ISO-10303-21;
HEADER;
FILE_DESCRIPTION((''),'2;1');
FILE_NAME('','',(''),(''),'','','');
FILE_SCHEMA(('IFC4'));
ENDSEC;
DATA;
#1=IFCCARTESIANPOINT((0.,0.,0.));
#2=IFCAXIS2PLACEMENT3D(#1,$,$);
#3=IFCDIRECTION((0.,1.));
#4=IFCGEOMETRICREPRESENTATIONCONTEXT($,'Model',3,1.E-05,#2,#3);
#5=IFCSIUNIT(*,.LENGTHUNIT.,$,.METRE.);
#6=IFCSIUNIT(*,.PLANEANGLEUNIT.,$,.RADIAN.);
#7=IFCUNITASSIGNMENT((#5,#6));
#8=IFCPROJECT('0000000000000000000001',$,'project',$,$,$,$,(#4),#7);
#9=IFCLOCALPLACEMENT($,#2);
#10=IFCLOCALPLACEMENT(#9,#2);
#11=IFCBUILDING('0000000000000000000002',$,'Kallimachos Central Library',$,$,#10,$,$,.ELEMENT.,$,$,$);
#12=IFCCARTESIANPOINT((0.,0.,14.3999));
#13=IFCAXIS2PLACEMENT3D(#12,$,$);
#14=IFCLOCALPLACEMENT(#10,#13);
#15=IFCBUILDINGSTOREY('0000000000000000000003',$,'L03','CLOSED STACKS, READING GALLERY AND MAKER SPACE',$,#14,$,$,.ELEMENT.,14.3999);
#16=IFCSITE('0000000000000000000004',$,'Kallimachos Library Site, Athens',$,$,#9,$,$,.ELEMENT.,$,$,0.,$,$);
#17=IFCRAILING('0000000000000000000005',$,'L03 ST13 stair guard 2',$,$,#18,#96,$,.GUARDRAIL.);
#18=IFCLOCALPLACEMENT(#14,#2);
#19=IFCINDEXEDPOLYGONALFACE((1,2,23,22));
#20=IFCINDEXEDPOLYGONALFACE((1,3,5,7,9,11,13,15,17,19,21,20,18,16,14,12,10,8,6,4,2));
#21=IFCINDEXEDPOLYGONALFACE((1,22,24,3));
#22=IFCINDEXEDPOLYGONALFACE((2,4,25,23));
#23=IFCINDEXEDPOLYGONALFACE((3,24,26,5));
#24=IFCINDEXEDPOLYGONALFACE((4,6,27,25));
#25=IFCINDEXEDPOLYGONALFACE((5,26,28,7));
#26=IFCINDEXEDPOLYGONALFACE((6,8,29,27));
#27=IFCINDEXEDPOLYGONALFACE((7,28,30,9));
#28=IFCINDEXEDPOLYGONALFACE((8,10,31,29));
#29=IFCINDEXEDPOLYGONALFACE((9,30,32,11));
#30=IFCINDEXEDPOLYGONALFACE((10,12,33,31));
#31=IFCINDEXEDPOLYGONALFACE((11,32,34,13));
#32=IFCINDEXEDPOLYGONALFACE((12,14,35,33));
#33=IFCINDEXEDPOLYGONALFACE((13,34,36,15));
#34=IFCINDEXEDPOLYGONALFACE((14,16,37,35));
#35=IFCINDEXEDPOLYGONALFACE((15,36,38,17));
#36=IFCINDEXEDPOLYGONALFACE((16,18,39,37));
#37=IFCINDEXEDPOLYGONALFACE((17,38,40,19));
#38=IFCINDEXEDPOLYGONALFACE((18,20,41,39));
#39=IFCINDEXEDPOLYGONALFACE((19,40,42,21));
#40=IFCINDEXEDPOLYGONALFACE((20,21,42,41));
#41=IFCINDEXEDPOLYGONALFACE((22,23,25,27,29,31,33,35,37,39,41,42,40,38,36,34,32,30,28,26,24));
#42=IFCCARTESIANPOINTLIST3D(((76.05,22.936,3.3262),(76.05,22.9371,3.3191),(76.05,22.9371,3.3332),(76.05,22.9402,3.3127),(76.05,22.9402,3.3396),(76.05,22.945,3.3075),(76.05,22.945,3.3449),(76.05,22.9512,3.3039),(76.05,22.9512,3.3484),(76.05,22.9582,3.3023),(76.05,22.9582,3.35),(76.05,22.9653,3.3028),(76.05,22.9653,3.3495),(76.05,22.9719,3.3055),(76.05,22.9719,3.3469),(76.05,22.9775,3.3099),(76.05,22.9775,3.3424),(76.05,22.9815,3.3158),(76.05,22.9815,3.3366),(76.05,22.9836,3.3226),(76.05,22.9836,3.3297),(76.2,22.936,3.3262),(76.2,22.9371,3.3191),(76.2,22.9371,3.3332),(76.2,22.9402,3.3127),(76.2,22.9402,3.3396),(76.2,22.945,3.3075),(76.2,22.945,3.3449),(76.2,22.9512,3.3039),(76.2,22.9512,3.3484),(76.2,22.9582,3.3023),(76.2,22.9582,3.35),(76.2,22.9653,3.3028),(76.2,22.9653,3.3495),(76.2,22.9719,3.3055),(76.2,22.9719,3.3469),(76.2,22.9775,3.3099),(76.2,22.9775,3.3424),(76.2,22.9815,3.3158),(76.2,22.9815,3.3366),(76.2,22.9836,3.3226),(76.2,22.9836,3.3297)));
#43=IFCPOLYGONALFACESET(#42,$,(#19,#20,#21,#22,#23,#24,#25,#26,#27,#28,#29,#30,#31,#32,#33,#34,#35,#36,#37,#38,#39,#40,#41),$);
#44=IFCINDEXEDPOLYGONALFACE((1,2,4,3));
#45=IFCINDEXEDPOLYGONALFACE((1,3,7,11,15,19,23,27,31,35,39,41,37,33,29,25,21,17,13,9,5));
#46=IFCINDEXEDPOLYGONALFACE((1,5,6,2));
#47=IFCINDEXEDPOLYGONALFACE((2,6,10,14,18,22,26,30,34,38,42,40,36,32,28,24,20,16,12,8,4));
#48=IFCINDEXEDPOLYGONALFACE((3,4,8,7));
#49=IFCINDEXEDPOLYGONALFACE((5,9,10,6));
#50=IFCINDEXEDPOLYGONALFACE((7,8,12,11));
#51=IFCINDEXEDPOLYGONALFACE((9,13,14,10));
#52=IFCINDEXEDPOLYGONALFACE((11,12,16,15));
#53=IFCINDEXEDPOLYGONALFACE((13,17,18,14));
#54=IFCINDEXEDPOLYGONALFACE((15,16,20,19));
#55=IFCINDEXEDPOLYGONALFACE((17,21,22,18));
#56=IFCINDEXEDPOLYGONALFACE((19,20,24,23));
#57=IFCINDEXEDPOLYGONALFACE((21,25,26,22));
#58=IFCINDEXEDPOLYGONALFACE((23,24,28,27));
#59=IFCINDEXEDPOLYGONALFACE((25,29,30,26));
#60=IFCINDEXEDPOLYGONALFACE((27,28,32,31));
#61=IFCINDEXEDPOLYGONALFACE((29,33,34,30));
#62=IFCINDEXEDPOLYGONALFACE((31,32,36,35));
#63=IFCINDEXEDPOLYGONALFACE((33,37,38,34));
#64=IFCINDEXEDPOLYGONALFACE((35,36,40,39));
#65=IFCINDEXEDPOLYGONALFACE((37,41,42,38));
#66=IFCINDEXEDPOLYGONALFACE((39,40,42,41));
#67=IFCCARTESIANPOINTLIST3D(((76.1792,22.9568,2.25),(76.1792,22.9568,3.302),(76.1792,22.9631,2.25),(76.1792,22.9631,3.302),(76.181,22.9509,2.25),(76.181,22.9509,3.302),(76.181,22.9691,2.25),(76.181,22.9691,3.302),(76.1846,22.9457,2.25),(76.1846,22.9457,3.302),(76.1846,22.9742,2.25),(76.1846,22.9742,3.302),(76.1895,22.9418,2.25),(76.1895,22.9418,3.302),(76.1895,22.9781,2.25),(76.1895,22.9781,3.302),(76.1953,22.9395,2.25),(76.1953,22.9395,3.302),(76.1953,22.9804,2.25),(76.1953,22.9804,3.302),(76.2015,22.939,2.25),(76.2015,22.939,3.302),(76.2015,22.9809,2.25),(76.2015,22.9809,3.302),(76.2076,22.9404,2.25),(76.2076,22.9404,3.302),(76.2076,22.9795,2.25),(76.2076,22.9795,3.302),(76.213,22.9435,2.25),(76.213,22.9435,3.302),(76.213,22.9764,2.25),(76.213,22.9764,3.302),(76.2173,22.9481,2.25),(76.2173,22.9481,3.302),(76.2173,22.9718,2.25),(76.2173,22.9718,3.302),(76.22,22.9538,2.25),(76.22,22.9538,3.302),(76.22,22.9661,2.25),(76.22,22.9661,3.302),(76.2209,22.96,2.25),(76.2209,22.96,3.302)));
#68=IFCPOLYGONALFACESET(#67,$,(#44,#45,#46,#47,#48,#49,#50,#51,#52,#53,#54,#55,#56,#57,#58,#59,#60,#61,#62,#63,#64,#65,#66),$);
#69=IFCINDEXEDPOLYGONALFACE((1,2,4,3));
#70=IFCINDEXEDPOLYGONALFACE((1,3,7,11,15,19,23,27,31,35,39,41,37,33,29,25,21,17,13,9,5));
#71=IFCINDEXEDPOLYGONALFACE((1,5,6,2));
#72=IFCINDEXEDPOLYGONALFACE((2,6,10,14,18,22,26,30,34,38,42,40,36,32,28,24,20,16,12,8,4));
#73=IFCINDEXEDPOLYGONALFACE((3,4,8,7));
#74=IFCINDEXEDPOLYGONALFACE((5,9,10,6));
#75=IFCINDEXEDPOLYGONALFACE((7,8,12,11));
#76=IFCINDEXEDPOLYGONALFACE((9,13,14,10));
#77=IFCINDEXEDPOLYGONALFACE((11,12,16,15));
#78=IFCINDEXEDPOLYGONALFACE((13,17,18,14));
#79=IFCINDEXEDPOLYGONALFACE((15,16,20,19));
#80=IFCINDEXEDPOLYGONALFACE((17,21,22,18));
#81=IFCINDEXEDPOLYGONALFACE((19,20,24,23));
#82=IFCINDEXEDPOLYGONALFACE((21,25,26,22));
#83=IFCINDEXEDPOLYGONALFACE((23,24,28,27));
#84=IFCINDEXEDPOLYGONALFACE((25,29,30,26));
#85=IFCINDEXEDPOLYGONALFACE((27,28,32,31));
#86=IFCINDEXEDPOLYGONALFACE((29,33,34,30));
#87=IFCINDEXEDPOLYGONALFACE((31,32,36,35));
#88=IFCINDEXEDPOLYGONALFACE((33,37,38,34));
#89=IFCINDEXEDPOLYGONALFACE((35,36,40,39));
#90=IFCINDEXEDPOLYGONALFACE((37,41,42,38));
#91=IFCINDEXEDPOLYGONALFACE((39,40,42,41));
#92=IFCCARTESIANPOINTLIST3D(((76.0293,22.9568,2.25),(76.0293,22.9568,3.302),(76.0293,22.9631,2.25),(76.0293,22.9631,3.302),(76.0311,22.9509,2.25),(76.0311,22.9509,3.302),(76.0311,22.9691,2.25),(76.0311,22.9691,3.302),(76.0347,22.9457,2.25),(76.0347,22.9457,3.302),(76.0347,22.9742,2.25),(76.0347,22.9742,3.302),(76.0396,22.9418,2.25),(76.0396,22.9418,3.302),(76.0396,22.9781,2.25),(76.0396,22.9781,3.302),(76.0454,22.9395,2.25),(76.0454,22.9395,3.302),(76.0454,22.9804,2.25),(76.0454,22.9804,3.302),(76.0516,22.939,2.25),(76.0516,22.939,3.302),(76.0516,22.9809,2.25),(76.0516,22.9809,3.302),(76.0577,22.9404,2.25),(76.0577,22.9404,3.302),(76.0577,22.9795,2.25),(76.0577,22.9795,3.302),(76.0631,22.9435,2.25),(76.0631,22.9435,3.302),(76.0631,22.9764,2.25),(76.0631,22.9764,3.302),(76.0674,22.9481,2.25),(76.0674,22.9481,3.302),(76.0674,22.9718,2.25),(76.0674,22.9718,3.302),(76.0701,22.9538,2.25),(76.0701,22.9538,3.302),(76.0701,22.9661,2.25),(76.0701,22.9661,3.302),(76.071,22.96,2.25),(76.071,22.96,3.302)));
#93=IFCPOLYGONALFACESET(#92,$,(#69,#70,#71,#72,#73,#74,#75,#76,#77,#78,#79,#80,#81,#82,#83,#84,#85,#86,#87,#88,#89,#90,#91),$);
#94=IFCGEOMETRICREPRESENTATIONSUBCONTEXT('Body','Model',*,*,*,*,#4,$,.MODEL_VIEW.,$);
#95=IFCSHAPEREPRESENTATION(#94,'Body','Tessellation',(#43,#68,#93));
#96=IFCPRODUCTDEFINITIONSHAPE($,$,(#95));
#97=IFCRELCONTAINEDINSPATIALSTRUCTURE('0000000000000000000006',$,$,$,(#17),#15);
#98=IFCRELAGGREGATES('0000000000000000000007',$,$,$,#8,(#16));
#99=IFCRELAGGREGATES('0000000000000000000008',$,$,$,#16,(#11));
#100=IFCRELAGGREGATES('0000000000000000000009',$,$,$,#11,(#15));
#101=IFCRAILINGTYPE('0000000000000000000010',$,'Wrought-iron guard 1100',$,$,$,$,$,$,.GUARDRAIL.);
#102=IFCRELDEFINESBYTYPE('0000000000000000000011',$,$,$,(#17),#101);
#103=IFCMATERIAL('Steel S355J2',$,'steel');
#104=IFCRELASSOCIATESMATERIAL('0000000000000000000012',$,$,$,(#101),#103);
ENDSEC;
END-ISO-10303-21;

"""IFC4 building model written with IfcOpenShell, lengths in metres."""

from ifc_helpers import new_model, si_unit, direction, frame, origin, origin_2d, place, context, subcontext, project, spatial, circle, extrude, material, type_object, element, save


model = new_model("IFC4")

# Units and contexts
model_context = context("Model", 3, precision=1e-05, world=origin(), true_north=direction((0.0, 1.0)))
body_context = subcontext(model_context, "Body", "Model", "MODEL_VIEW")
ifc_project = project(units=[si_unit("LENGTHUNIT", "METRE"), si_unit("PLANEANGLEUNIT", "RADIAN")], contexts=[model_context])

# Site, building, storey
site_placement = place(None, origin())
site = spatial("IfcSite", under=ifc_project, at=site_placement, Name="Kallimachos Library Site, Athens", CompositionType="ELEMENT", RefElevation=0.0)
building_placement = place(site_placement, origin())
building = spatial("IfcBuilding", under=site, at=building_placement, Name="Kallimachos Central Library", CompositionType="ELEMENT")
storey_placement = place(building_placement, frame((0.0, 0.0, 14.3999)))
storey = spatial("IfcBuildingStorey", under=building, at=storey_placement, Name="L03", Description="CLOSED STACKS, READING GALLERY AND MAKER SPACE", CompositionType="ELEMENT", Elevation=14.3999)

# Railing
ifc_material_1 = material(Name="Steel S355J2", Category="steel")
railing_type_1 = type_object("IfcRailingType", Name="Wrought-iron guard 1100", PredefinedType="GUARDRAIL", material=ifc_material_1)
railing_1_placement = place(storey_placement, frame((76.2, 22.96, 2.25)))
element("IfcRailing", 1, at=railing_1_placement, inside=storey, type_object=railing_type_1, Name="L03 ST13 stair guard 2", PredefinedType="GUARDRAIL", context=body_context, shape_type="SweptSolid", body=[
    extrude(circle(Radius=0.0239, at=origin_2d()), frame((0.0, 0.0, 1.0762), z_axis=(-1.0, 0.0, 0.0), x_axis=(0.0, -1.0, 0.0)), (0.0, 0.0, 1.0), 0.1499),
    extrude(circle(Radius=0.021, at=origin_2d()), origin(), (0.0, 0.0, 1.0), 1.052),
    extrude(circle(Radius=0.021, at=origin_2d()), frame((-0.1499, 0.0, 0.0)), (0.0, 0.0, 1.0), 1.052),
])

save(model, "model.ifc")
